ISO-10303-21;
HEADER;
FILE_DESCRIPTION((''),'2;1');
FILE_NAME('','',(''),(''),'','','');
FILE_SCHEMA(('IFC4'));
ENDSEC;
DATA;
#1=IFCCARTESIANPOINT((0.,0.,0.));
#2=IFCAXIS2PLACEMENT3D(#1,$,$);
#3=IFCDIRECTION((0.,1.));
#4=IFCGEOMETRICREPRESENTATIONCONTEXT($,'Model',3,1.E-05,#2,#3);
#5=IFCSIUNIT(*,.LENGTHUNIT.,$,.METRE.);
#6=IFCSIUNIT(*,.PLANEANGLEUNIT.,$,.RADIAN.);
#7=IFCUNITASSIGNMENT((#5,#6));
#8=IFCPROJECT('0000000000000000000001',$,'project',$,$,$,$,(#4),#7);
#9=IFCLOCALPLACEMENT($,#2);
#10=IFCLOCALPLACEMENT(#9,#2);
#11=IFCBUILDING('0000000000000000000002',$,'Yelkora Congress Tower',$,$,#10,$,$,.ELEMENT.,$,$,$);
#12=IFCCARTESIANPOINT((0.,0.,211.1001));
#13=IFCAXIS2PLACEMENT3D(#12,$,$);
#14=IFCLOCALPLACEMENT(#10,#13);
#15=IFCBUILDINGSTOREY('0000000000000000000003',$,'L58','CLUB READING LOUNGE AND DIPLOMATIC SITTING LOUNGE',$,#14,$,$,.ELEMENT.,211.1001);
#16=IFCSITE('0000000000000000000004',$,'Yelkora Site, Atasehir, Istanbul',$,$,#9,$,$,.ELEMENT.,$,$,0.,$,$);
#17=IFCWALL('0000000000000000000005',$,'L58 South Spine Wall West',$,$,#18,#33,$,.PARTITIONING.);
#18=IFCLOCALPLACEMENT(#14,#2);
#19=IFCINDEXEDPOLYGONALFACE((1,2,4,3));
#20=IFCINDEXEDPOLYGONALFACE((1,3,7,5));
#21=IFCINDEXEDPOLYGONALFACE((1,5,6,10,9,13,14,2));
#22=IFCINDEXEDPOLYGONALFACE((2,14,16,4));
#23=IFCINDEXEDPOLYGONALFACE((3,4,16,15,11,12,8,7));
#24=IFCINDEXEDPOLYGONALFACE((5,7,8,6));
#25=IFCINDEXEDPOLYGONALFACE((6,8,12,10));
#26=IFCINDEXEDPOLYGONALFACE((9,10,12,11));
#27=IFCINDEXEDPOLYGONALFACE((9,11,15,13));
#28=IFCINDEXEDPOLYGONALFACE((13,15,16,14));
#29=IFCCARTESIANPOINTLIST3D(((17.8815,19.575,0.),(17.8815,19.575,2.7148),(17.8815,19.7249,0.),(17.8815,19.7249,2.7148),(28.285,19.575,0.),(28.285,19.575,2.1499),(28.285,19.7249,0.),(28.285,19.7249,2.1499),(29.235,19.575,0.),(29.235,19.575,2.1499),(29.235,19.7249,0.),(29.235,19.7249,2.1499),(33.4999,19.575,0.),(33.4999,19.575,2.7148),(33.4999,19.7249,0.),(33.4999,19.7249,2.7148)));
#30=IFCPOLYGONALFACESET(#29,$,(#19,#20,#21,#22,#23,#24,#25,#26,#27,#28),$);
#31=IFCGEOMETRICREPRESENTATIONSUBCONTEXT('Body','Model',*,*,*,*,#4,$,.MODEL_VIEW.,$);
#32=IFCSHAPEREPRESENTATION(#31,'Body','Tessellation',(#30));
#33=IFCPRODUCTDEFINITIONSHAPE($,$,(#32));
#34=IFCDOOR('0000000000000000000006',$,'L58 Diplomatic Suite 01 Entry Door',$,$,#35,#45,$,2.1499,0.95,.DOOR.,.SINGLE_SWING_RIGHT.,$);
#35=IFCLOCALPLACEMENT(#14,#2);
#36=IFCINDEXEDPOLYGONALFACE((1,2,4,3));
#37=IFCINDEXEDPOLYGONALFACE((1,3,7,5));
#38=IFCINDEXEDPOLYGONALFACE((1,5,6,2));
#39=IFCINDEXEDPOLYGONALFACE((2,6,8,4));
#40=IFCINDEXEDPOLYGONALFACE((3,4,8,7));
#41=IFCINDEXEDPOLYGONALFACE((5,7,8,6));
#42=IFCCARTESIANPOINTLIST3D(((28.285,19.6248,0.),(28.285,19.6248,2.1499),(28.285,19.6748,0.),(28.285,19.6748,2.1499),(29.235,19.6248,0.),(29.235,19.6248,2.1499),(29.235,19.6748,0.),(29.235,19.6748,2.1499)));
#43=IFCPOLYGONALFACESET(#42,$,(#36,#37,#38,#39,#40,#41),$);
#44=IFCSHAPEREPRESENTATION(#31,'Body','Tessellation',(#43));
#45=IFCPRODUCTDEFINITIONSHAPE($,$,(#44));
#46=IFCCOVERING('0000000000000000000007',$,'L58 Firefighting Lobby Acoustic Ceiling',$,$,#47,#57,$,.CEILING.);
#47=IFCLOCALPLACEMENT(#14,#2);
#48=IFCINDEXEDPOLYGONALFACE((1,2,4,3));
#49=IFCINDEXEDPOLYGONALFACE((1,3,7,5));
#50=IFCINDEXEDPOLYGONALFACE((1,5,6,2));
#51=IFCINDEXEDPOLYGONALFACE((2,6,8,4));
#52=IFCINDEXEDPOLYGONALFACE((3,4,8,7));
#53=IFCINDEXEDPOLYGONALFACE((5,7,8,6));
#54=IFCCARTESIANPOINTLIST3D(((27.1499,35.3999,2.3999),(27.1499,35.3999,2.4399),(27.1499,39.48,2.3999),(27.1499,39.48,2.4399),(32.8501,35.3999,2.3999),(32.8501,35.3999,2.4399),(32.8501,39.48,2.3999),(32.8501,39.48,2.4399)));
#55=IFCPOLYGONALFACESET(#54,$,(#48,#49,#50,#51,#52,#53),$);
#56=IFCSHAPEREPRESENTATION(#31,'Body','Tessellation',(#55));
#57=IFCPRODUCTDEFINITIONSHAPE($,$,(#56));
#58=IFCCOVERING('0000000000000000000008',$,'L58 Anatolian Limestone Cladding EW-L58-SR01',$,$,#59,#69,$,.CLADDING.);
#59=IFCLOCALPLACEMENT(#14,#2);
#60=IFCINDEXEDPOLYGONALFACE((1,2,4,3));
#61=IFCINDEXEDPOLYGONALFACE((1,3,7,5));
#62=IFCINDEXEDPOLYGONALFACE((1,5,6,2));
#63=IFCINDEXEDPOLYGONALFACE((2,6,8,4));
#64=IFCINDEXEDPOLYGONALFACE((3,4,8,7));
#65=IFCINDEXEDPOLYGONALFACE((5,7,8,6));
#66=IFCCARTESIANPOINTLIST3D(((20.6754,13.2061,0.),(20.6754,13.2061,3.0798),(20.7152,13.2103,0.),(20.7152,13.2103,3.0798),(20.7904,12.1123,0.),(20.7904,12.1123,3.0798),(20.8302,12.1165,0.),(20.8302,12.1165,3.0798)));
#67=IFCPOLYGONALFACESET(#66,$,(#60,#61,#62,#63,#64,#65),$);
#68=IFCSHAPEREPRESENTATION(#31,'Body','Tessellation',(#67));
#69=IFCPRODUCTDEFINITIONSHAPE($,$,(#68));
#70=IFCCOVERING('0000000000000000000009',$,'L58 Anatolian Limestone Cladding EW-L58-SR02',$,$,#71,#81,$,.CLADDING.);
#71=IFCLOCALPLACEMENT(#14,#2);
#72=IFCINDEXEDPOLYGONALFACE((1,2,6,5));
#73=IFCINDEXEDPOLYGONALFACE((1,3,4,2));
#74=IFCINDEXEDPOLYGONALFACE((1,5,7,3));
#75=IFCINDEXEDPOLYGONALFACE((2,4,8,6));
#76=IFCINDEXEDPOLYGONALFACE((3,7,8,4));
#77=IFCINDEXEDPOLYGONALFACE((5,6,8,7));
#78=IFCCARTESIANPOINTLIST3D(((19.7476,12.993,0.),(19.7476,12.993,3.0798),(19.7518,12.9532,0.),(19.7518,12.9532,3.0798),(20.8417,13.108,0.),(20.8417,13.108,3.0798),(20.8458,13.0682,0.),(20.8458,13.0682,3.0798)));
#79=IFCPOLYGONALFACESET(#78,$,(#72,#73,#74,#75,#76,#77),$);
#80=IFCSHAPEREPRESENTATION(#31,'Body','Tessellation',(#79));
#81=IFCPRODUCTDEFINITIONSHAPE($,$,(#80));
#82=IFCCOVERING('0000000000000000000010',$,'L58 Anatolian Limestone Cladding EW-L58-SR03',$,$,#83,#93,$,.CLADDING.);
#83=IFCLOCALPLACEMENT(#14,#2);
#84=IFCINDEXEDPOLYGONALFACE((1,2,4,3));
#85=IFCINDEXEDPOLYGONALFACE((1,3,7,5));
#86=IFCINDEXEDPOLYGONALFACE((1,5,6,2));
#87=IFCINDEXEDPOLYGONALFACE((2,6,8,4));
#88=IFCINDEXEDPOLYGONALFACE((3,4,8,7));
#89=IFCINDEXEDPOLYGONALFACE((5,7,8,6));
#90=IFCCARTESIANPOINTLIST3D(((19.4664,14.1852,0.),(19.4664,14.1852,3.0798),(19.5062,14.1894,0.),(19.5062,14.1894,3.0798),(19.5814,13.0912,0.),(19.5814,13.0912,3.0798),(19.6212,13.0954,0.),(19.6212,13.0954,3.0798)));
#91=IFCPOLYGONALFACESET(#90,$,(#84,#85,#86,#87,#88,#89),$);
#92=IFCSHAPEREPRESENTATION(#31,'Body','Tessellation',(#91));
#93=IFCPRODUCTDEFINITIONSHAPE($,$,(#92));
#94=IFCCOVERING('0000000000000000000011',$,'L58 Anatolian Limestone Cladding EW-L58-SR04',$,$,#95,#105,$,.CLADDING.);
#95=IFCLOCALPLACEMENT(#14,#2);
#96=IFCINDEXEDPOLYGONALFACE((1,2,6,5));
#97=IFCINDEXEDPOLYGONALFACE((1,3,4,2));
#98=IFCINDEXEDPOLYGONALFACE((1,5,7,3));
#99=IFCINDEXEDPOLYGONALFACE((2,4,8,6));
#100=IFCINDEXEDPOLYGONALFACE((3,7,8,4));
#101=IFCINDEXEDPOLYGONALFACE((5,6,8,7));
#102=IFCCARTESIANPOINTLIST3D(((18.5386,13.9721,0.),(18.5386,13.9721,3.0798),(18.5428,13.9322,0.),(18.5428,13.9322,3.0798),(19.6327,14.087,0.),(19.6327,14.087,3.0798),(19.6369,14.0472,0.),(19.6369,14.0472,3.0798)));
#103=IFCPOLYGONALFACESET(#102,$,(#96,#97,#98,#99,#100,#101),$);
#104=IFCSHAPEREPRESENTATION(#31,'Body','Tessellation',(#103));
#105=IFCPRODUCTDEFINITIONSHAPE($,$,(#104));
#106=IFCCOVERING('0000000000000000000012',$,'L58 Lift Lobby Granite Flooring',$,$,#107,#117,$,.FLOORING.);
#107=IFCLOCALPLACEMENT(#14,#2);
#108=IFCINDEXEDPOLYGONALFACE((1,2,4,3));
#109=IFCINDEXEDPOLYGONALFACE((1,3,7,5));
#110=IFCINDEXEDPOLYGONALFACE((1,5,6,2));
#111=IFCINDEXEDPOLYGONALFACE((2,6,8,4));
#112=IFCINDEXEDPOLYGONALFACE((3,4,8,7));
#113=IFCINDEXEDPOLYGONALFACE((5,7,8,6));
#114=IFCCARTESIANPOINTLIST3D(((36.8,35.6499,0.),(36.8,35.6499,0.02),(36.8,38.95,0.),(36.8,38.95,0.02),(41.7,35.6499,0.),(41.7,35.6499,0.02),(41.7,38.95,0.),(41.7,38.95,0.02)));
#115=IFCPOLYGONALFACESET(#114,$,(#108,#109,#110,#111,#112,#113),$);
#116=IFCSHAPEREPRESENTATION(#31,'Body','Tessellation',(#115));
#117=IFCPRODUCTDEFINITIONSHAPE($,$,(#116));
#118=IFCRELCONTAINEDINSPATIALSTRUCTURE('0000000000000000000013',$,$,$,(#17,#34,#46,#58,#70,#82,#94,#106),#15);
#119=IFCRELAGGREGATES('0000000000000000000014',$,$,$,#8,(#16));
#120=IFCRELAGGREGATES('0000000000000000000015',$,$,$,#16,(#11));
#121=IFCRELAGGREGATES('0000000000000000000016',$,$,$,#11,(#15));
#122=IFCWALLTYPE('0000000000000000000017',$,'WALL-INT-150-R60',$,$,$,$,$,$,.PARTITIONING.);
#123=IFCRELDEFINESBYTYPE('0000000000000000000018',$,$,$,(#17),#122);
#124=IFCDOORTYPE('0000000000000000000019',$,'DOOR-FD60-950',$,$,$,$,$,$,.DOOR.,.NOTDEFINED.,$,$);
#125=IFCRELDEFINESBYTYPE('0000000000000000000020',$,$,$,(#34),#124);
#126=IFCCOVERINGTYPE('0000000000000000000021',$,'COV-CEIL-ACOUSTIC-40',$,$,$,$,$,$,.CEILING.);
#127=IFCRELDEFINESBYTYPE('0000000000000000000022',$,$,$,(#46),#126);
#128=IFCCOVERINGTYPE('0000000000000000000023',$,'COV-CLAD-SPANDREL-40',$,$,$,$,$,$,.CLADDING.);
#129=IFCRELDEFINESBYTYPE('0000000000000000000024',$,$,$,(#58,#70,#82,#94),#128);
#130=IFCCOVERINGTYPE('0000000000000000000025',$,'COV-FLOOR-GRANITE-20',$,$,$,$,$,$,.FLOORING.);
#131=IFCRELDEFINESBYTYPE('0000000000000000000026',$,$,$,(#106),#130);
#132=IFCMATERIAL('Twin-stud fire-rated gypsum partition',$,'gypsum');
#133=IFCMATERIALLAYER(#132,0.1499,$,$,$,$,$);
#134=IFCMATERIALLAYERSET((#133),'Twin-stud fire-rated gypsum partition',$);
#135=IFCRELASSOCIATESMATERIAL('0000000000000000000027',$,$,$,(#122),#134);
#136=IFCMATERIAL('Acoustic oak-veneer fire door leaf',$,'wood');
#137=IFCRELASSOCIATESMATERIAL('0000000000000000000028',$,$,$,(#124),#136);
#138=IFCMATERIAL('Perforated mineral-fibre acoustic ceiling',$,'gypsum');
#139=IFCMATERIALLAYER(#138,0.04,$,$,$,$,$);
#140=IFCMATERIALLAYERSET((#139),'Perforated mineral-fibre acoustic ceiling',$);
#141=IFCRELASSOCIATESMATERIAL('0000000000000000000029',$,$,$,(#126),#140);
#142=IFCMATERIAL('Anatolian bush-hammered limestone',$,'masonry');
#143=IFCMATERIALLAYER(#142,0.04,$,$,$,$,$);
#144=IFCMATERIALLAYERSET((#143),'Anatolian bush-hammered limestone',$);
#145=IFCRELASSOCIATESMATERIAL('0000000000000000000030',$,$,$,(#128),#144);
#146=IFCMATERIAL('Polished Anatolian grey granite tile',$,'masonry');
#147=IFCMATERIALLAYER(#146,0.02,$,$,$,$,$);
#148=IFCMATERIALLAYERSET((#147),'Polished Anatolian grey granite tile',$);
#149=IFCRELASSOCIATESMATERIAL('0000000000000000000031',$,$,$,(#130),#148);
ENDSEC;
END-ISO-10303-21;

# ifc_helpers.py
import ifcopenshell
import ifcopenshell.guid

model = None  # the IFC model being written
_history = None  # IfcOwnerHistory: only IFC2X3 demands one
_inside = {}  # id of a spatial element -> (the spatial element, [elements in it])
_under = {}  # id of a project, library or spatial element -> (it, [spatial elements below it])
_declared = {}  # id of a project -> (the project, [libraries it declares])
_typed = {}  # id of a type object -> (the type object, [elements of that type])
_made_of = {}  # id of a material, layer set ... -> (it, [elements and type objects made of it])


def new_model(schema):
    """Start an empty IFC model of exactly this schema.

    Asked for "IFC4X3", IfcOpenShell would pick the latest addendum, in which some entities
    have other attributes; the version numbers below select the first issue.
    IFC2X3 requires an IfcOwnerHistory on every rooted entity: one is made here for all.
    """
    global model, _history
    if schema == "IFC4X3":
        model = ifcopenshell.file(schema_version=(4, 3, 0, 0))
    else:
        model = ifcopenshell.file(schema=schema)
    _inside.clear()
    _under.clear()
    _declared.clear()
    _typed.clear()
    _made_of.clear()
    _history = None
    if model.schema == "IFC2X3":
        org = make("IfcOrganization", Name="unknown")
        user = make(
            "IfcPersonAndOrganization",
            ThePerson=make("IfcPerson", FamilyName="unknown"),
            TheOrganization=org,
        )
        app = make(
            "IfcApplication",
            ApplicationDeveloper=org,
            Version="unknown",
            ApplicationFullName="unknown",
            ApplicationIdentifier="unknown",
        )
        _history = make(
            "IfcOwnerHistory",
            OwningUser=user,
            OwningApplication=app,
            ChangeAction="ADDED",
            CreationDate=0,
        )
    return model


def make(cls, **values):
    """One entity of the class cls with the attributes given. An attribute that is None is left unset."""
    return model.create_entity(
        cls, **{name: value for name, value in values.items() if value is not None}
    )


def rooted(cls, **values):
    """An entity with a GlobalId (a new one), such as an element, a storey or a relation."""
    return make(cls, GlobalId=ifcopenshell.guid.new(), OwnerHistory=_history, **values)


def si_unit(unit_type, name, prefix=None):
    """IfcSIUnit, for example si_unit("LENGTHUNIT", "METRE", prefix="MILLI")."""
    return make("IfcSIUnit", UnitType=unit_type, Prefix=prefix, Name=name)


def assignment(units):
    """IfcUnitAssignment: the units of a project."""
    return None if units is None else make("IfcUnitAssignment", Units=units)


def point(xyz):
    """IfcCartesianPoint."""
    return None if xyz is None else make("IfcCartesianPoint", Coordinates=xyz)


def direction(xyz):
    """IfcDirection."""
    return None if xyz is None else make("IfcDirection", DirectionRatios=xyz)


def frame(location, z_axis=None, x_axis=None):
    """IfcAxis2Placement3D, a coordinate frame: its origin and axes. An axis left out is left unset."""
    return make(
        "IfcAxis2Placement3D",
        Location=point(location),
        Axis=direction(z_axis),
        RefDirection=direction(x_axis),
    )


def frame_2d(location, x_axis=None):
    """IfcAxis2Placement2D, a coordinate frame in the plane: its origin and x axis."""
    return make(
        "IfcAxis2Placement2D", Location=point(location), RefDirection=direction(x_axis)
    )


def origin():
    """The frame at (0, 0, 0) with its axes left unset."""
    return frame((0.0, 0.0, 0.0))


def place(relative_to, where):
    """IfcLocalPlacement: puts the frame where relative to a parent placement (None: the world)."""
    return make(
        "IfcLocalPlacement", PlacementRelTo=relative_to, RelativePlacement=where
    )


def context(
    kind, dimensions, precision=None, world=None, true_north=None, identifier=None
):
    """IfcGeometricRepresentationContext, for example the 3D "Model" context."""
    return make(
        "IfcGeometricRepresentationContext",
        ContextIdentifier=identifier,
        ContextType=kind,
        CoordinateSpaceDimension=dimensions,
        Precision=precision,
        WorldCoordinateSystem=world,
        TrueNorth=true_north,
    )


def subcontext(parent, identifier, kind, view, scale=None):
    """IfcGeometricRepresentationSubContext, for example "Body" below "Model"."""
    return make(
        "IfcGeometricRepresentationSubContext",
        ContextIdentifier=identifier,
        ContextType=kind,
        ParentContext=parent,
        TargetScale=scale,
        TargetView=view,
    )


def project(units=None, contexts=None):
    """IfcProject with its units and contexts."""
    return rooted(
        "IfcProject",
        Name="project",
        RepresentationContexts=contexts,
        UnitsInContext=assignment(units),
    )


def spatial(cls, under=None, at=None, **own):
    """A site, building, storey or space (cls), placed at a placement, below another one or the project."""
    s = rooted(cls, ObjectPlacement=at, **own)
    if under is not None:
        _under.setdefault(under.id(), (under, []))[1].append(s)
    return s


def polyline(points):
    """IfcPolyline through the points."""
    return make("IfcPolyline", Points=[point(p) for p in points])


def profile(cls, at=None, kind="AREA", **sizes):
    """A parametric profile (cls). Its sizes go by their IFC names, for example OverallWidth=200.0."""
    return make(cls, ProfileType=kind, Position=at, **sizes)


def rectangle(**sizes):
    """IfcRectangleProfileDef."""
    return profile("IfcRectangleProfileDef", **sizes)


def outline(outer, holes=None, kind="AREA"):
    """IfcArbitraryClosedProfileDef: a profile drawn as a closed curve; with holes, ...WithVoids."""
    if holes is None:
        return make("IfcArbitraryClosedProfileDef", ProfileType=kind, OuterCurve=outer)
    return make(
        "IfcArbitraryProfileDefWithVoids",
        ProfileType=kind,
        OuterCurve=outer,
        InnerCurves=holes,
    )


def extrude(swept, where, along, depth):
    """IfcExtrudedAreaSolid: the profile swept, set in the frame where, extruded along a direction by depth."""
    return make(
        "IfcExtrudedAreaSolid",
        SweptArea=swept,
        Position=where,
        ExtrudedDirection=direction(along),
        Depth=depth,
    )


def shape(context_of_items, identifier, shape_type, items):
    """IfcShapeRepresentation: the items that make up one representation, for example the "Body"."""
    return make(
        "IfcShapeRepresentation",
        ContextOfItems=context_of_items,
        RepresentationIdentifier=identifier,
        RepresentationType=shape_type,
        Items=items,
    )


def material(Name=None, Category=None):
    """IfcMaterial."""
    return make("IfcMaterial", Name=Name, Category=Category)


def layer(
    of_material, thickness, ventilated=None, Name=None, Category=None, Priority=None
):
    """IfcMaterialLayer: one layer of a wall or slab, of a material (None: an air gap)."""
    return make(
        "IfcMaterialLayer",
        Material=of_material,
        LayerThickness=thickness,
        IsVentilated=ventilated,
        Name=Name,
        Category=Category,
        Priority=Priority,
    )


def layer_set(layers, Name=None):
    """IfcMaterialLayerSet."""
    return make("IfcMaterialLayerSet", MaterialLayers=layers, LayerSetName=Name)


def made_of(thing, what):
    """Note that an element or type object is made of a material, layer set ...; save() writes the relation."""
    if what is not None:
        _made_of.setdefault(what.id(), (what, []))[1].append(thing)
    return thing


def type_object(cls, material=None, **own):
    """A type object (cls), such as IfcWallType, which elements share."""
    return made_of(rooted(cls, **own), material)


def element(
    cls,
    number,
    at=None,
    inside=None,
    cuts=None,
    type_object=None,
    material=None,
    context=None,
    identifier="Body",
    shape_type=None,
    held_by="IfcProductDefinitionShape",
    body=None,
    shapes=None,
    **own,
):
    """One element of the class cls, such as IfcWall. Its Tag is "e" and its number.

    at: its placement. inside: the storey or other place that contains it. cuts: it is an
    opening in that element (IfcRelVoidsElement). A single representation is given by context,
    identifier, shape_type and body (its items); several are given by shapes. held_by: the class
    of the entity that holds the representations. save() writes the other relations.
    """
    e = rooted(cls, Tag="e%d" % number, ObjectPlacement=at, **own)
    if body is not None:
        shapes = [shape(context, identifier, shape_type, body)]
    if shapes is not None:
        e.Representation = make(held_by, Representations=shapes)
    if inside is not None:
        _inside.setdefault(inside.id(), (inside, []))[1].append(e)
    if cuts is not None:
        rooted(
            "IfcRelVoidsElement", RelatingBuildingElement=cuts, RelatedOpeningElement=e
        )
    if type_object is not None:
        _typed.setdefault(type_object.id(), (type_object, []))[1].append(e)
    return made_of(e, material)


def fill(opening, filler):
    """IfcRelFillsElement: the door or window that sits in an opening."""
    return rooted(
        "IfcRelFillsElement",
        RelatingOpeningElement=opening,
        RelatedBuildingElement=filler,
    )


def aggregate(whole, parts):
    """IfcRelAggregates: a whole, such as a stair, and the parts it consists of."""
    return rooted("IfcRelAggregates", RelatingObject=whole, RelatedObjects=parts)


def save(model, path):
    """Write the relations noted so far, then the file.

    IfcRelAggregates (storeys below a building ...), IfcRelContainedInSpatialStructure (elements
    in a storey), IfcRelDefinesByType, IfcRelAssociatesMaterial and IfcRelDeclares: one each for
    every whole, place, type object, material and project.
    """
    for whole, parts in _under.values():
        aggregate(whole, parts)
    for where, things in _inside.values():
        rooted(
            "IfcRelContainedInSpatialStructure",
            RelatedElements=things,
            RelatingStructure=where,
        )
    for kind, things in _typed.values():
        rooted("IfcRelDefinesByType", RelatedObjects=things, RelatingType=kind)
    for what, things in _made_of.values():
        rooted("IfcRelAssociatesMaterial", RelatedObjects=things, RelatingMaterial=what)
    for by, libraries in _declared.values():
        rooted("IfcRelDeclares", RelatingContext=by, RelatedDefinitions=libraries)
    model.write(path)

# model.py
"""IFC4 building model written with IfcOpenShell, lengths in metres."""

from ifc_helpers import new_model, si_unit, direction, frame, frame_2d, origin, place, context, subcontext, project, spatial, polyline, rectangle, outline, extrude, material, layer, layer_set, type_object, element, fill, save


model = new_model("IFC4")

# Units and contexts
model_context = context("Model", 3, precision=1e-05, world=origin(), true_north=direction((0.0, 1.0)))
body_context = subcontext(model_context, "Body", "Model", "MODEL_VIEW")
ifc_project = project(units=[si_unit("LENGTHUNIT", "METRE"), si_unit("PLANEANGLEUNIT", "RADIAN")], contexts=[model_context])

# Site, building, storey
site_placement = place(None, origin())
site = spatial("IfcSite", under=ifc_project, at=site_placement, Name="Yelkora Site, Atasehir, Istanbul", CompositionType="ELEMENT", RefElevation=0.0)
building_placement = place(site_placement, origin())
building = spatial("IfcBuilding", under=site, at=building_placement, Name="Yelkora Congress Tower", CompositionType="ELEMENT")
storey_placement = place(building_placement, frame((0.0, 0.0, 211.1001)))
storey = spatial("IfcBuildingStorey", under=building, at=storey_placement, Name="L58", Description="CLUB READING LOUNGE AND DIPLOMATIC SITTING LOUNGE", CompositionType="ELEMENT", Elevation=211.1001)

# Wall, opening, door
ifc_material_1 = material(Name="Twin-stud fire-rated gypsum partition", Category="gypsum")
ifc_layer_1 = layer(ifc_material_1, 0.1499)
ifc_layer_set_1 = layer_set([ifc_layer_1], Name="Twin-stud fire-rated gypsum partition")
wall_type_1 = type_object("IfcWallType", Name="WALL-INT-150-R60", PredefinedType="PARTITIONING", material=ifc_layer_set_1)
wall_placement = place(storey_placement, frame((17.8816, 19.6499, 0.0), z_axis=(0.0, 0.0, 1.0), x_axis=(1.0, 0.0, 0.0)))
wall = element("IfcWall", 1, at=wall_placement, inside=storey, type_object=wall_type_1, Name="L58 South Spine Wall West", PredefinedType="PARTITIONING", context=body_context, shape_type="SweptSolid", body=[
    extrude(rectangle(XDim=15.6184, YDim=0.1499, at=frame_2d((7.8091, 0.0))), origin(), (0.0, 0.0, 1.0), 2.7148),
])
opening_placement = place(wall_placement, frame((10.4033, 0.0, 0.0)))
opening = element("IfcOpeningElement", 2, at=opening_placement, cuts=wall, PredefinedType="OPENING", context=body_context, shape_type="SweptSolid", body=[
    extrude(rectangle(XDim=0.95, YDim=2.1499, at=frame_2d((0.4751, 1.075))), frame((0.0, 0.085, 0.0), z_axis=(0.0, -1.0, 0.0), x_axis=(1.0, 0.0, 0.0)), (0.0, 0.0, 1.0), 0.1699),
])
ifc_material_2 = material(Name="Acoustic oak-veneer fire door leaf", Category="wood")
door_type = type_object("IfcDoorType", Name="DOOR-FD60-950", OperationType="NOTDEFINED", PredefinedType="DOOR", material=ifc_material_2)
door_placement = place(opening_placement, origin())
door = element("IfcDoor", 3, at=door_placement, inside=storey, type_object=door_type, Name="L58 Diplomatic Suite 01 Entry Door", OperationType="SINGLE_SWING_RIGHT", OverallHeight=2.1499, OverallWidth=0.95, PredefinedType="DOOR", context=body_context, shape_type="SweptSolid", body=[
    extrude(rectangle(XDim=0.95, YDim=2.1499, at=frame_2d((0.4751, 1.075))), frame((0.0, 0.0249, 0.0), z_axis=(0.0, -1.0, 0.0), x_axis=(1.0, 0.0, 0.0)), (0.0, 0.0, 1.0), 0.05),
])
fill(opening, door)

# Coverings
ifc_material_3 = material(Name="Perforated mineral-fibre acoustic ceiling", Category="gypsum")
ifc_layer_2 = layer(ifc_material_3, 0.04)
ifc_layer_set_2 = layer_set([ifc_layer_2], Name="Perforated mineral-fibre acoustic ceiling")
covering_type_1 = type_object("IfcCoveringType", Name="COV-CEIL-ACOUSTIC-40", PredefinedType="CEILING", material=ifc_layer_set_2)
covering_1_placement = place(storey_placement, frame((0.0, 0.0, 2.3999)))
element("IfcCovering", 4, at=covering_1_placement, inside=storey, type_object=covering_type_1, Name="L58 Firefighting Lobby Acoustic Ceiling", PredefinedType="CEILING", context=body_context, shape_type="SweptSolid", body=[
    extrude(outline(polyline([(27.1499, 35.3999), (32.8501, 35.3999), (32.8501, 39.48), (27.1499, 39.48), (27.1499, 35.3999)])), origin(), (0.0, 0.0, 1.0), 0.04),
])
ifc_material_4 = material(Name="Anatolian bush-hammered limestone", Category="masonry")
ifc_layer_3 = layer(ifc_material_4, 0.04)
ifc_layer_set_3 = layer_set([ifc_layer_3], Name="Anatolian bush-hammered limestone")
covering_type_2 = type_object("IfcCoveringType", Name="COV-CLAD-SPANDREL-40", PredefinedType="CLADDING", material=ifc_layer_set_3)
covering_2_placement = place(storey_placement, frame((20.8103, 12.1145, 0.0), z_axis=(0.0, 0.0, 1.0), x_axis=(-0.104558, 0.994519, 0.0)))
element("IfcCovering", 5, at=covering_2_placement, inside=storey, type_object=covering_type_2, Name="L58 Anatolian Limestone Cladding EW-L58-SR01", PredefinedType="CLADDING", context=body_context, shape_type="SweptSolid", body=[
    extrude(rectangle(XDim=1.0999, YDim=0.04, at=frame_2d((0.5498, 0.0))), origin(), (0.0, 0.0, 1.0), 3.0798),
])
for number, where, z_axis, x_axis, name in (
    (6, (20.8438, 13.0881, 0.0), (0.0, 0.0, 1.0), (-0.994521, -0.104535, 0.0), "L58 Anatolian Limestone Cladding EW-L58-SR02"),
    (7, (19.6013, 13.0933, 0.0), (0.0, 0.0, 1.0), (-0.104535, 0.994521, 0.0), "L58 Anatolian Limestone Cladding EW-L58-SR03"),
    (8, (19.6348, 14.0671, 0.0), (0.0, 0.0, 1.0), (-0.994521, -0.104535, 0.0), "L58 Anatolian Limestone Cladding EW-L58-SR04"),
):
    element("IfcCovering", number, at=place(storey_placement, frame(where, z_axis=z_axis, x_axis=x_axis)), inside=storey, type_object=covering_type_2, Name=name, PredefinedType="CLADDING", context=body_context, shape_type="SweptSolid", body=[
        extrude(rectangle(XDim=1.1001, YDim=0.04, at=frame_2d((0.55, 0.0))), origin(), (0.0, 0.0, 1.0), 3.0798),
    ])
ifc_material_5 = material(Name="Polished Anatolian grey granite tile", Category="masonry")
ifc_layer_4 = layer(ifc_material_5, 0.02)
ifc_layer_set_4 = layer_set([ifc_layer_4], Name="Polished Anatolian grey granite tile")
covering_type_3 = type_object("IfcCoveringType", Name="COV-FLOOR-GRANITE-20", PredefinedType="FLOORING", material=ifc_layer_set_4)
covering_3_placement = place(storey_placement, origin())
element("IfcCovering", 9, at=covering_3_placement, inside=storey, type_object=covering_type_3, Name="L58 Lift Lobby Granite Flooring", PredefinedType="FLOORING", context=body_context, shape_type="SweptSolid", body=[
    extrude(outline(polyline([(36.8, 35.6499), (41.7, 35.6499), (41.7, 38.95), (36.8, 38.95), (36.8, 35.6499)])), origin(), (0.0, 0.0, 1.0), 0.02),
])

save(model, "model.ifc")
